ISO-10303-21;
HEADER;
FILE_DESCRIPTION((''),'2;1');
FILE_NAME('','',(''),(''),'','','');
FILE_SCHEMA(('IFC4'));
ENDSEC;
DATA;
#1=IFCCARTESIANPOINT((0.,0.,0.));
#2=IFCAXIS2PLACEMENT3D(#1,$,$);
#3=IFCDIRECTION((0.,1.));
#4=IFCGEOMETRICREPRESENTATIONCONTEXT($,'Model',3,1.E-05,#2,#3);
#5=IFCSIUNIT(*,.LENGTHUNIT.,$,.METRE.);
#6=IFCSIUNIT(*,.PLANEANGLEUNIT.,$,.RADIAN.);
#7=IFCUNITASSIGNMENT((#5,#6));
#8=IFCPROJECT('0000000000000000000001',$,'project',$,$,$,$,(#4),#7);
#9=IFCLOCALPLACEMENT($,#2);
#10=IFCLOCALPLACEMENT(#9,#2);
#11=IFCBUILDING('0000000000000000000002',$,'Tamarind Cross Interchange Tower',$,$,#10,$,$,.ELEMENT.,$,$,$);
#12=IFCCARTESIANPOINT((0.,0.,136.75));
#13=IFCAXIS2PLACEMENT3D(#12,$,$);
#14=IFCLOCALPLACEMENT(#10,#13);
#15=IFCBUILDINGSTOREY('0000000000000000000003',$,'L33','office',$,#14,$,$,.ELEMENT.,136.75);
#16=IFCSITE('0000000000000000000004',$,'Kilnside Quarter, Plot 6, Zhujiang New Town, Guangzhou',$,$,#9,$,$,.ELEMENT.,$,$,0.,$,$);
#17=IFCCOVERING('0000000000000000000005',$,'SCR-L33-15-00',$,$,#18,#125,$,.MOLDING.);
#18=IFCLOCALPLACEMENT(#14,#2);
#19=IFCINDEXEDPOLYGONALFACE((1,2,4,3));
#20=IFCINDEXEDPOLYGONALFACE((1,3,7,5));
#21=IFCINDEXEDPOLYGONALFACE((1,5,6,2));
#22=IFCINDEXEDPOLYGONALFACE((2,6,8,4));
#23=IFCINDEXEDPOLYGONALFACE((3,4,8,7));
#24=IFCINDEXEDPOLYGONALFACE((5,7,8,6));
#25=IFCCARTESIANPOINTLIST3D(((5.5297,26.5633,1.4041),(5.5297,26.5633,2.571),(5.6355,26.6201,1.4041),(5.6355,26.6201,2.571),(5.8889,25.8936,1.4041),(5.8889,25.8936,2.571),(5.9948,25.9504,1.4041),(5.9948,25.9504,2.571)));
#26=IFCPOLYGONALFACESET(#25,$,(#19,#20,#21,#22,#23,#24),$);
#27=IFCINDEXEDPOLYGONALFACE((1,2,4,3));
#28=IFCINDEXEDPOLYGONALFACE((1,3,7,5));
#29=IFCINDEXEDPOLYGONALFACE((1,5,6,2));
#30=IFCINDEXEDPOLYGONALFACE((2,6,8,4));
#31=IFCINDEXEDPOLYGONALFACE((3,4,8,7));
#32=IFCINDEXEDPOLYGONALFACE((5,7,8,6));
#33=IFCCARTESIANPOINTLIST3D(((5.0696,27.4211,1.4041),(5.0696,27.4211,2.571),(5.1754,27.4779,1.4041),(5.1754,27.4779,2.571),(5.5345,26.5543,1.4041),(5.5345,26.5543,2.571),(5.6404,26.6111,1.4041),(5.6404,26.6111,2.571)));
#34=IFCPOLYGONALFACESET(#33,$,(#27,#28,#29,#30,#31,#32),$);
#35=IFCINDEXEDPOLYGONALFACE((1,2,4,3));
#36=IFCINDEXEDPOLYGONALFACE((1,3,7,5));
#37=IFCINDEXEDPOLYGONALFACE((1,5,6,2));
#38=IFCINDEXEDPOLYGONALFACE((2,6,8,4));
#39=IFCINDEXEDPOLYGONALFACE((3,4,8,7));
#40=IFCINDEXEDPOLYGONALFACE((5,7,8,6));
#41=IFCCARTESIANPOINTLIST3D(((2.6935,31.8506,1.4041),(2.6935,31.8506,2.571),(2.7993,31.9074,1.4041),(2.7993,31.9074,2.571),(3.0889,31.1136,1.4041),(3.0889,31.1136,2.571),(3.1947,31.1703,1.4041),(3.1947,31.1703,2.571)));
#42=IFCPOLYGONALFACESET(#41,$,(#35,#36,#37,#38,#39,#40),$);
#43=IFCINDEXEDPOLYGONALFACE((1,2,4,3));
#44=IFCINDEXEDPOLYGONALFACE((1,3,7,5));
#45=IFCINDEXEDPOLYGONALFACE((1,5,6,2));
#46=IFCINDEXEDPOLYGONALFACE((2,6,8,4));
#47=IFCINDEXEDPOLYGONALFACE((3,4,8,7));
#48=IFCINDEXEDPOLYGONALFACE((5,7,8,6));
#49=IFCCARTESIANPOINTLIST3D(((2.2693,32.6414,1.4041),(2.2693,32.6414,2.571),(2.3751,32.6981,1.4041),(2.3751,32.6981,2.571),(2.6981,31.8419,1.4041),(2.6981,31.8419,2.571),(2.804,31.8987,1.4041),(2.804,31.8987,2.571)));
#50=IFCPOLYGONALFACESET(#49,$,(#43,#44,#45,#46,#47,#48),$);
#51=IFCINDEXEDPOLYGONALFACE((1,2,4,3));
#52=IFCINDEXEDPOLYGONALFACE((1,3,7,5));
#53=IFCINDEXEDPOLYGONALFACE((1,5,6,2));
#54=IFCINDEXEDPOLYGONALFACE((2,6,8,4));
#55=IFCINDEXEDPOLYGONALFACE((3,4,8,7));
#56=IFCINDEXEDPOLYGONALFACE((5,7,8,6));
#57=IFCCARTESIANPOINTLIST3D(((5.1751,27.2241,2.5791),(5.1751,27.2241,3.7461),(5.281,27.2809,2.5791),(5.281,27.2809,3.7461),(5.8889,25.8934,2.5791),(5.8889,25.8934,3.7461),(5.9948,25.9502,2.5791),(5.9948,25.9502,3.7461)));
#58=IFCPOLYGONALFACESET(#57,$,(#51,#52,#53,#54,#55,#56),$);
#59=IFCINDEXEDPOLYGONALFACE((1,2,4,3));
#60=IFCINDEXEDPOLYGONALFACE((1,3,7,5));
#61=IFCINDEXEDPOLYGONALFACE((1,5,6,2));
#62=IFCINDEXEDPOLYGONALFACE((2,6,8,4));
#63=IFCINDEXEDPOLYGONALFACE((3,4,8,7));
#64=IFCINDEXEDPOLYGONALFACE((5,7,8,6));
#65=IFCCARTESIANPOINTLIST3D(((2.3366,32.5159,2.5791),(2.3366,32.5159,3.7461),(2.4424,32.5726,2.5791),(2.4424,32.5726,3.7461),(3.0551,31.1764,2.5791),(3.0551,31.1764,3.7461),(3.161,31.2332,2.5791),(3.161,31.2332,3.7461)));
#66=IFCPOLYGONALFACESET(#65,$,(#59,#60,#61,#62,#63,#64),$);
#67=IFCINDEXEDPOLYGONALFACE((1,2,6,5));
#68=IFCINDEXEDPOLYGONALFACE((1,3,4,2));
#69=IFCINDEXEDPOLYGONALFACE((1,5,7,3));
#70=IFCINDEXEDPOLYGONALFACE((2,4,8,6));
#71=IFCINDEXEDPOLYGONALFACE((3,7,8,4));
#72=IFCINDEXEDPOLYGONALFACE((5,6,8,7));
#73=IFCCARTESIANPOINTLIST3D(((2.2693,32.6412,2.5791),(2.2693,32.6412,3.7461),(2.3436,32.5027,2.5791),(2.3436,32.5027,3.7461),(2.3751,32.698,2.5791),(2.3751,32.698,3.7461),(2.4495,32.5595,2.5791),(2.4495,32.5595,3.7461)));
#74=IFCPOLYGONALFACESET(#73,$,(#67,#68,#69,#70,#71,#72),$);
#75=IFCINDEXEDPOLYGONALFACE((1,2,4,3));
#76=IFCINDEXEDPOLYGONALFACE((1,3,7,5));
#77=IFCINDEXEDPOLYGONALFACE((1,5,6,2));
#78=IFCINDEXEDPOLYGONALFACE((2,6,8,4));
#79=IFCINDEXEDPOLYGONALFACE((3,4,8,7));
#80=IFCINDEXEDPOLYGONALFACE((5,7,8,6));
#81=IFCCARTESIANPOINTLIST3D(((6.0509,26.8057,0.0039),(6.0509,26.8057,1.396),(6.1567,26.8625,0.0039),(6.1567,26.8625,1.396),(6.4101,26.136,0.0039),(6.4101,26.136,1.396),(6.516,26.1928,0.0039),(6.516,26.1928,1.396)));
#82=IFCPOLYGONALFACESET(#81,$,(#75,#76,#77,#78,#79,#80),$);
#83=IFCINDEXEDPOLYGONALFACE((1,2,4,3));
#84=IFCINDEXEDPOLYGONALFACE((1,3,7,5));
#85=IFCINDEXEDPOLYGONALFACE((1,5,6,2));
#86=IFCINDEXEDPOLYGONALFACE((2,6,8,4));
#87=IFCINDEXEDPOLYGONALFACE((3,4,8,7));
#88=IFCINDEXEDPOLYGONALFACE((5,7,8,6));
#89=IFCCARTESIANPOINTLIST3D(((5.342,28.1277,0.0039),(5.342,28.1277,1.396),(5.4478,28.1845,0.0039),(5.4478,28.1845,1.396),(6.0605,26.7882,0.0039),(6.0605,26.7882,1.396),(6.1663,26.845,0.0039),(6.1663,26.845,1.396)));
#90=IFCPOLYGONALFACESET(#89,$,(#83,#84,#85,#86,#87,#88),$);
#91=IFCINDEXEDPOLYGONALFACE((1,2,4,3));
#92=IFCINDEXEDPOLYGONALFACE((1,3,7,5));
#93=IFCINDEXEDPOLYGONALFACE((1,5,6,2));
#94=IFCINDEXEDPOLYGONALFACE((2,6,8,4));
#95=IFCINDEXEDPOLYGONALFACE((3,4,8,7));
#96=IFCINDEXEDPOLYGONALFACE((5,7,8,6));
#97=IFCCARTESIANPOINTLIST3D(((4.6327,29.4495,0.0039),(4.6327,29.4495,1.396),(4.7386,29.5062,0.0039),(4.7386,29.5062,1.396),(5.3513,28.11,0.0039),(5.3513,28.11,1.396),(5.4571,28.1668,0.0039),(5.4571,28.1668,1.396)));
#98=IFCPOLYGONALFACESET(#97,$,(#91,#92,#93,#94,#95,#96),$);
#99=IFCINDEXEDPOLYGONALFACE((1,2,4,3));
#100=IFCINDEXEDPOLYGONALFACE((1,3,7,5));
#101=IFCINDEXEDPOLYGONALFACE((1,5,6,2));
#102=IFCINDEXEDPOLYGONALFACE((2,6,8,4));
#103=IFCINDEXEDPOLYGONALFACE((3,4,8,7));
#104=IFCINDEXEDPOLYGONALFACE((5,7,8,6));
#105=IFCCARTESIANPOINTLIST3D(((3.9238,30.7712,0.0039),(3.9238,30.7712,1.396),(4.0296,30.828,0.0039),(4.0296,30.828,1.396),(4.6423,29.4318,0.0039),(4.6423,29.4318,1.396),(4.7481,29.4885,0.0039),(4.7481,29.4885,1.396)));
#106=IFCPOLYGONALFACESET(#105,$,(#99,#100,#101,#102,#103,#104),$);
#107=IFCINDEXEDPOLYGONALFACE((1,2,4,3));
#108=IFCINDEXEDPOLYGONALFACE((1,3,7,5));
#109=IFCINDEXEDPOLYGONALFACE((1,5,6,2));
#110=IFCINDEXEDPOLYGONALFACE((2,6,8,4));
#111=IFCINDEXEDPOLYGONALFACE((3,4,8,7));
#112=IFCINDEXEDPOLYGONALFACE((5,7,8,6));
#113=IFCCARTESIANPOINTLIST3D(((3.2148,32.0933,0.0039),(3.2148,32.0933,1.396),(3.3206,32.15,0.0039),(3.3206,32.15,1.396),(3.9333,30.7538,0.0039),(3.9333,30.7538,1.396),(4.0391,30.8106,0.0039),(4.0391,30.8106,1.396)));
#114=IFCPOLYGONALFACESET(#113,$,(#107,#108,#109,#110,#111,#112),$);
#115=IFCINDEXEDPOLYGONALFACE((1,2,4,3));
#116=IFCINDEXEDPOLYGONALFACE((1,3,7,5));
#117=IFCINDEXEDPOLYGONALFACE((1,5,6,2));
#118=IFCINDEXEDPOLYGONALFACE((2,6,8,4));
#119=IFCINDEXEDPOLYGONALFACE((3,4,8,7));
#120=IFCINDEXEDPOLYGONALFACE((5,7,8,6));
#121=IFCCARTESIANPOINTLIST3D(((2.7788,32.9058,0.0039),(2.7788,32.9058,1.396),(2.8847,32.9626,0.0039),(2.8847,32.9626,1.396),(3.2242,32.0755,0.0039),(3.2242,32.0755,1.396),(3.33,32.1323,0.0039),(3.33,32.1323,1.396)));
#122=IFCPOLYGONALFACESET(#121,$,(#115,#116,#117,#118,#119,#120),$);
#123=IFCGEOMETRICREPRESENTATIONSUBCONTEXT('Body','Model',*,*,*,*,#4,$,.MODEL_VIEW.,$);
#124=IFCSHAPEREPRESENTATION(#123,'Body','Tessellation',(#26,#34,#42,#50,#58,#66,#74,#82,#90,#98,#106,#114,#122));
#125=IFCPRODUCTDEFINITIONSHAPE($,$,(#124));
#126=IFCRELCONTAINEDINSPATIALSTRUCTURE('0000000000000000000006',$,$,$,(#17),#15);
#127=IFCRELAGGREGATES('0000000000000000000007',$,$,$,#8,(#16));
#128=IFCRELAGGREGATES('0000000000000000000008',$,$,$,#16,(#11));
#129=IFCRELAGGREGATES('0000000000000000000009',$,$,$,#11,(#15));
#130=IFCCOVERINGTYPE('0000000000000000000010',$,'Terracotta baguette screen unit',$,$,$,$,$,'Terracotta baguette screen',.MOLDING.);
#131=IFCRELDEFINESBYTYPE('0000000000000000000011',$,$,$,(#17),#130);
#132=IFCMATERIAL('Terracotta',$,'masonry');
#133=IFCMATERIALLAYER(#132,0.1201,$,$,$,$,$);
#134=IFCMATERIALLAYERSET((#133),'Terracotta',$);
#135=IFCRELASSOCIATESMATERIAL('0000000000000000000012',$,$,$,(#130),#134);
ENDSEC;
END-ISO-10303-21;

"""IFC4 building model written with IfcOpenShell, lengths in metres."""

from ifc_helpers import new_model, si_unit, direction, frame, origin, origin_2d, place, context, subcontext, project, spatial, rectangle, extrude, material, layer, layer_set, type_object, element, save


model = new_model("IFC4")

# Units and contexts
model_context = context("Model", 3, precision=1e-05, world=origin(), true_north=direction((0.0, 1.0)))
body_context = subcontext(model_context, "Body", "Model", "MODEL_VIEW")
ifc_project = project(units=[si_unit("LENGTHUNIT", "METRE"), si_unit("PLANEANGLEUNIT", "RADIAN")], contexts=[model_context])

# Site, building, storey
site_placement = place(None, origin())
site = spatial("IfcSite", under=ifc_project, at=site_placement, Name="Kilnside Quarter, Plot 6, Zhujiang New Town, Guangzhou", CompositionType="ELEMENT", RefElevation=0.0)
building_placement = place(site_placement, origin())
building = spatial("IfcBuilding", under=site, at=building_placement, Name="Tamarind Cross Interchange Tower", CompositionType="ELEMENT")
storey_placement = place(building_placement, frame((0.0, 0.0, 136.75)))
storey = spatial("IfcBuildingStorey", under=building, at=storey_placement, Name="L33", Description="office", CompositionType="ELEMENT", Elevation=136.75)

# Covering
ifc_material_1 = material(Name="Terracotta", Category="masonry")
ifc_layer_1 = layer(ifc_material_1, 0.1201)
ifc_layer_set_1 = layer_set([ifc_layer_1], Name="Terracotta")
covering_type = type_object("IfcCoveringType", Name="Terracotta baguette screen unit", ElementType="Terracotta baguette screen", PredefinedType="MOLDING", material=ifc_layer_set_1)
covering_1_placement = place(storey_placement, origin())
element("IfcCovering", 1, at=covering_1_placement, inside=storey, type_object=covering_type, Name="SCR-L33-15-00", PredefinedType="MOLDING", context=body_context, shape_type="SweptSolid", body=[
    extrude(rectangle(XDim=0.76, YDim=0.1201, at=origin_2d()), frame((5.7622, 26.2568, 1.4041), z_axis=(0.0, 0.0, 1.0), x_axis=(-0.472698, 0.881224, 0.0)), (0.0, 0.0, 1.0), 1.167),
    extrude(rectangle(XDim=0.9836, YDim=0.1201, at=origin_2d()), frame((5.355, 27.0161, 1.4041), z_axis=(0.0, 0.0, 1.0), x_axis=(-0.472698, 0.881224, 0.0)), (0.0, 0.0, 1.0), 1.167),
    extrude(rectangle(XDim=0.8364, YDim=0.1201, at=origin_2d()), frame((2.9441, 31.5105, 1.4041), z_axis=(0.0, 0.0, 1.0), x_axis=(-0.472698, 0.881224, 0.0)), (0.0, 0.0, 1.0), 1.167),
    extrude(rectangle(XDim=0.9072, YDim=0.1201, at=origin_2d()), frame((2.5366, 32.27, 1.4041), z_axis=(0.0, 0.0, 1.0), x_axis=(-0.472698, 0.881224, 0.0)), (0.0, 0.0, 1.0), 1.167),
    extrude(rectangle(XDim=1.51, YDim=0.1201, at=origin_2d()), frame((5.585, 26.5872, 2.5791), z_axis=(0.0, 0.0, 1.0), x_axis=(-0.472698, 0.881224, 0.0)), (0.0, 0.0, 1.0), 1.167),
    extrude(rectangle(XDim=1.52, YDim=0.1201, at=origin_2d()), frame((2.7488, 31.8745, 2.5791), z_axis=(0.0, 0.0, 1.0), x_axis=(-0.472698, 0.881224, 0.0)), (0.0, 0.0, 1.0), 1.167),
    extrude(rectangle(XDim=0.1572, YDim=0.1201, at=origin_2d()), frame((2.3594, 32.6003, 2.5791), z_axis=(0.0, 0.0, 1.0), x_axis=(-0.472698, 0.881224, 0.0)), (0.0, 0.0, 1.0), 1.167),
    extrude(rectangle(XDim=0.76, YDim=0.1201, at=origin_2d()), frame((6.2834, 26.4993, 0.0039), z_axis=(0.0, 0.0, 1.0), x_axis=(-0.472698, 0.881224, 0.0)), (0.0, 0.0, 1.0), 1.3921),
    extrude(rectangle(XDim=1.52, YDim=0.1201, at=origin_2d()), frame((5.7542, 27.4863, 0.0039), z_axis=(0.0, 0.0, 1.0), x_axis=(-0.472698, 0.881224, 0.0)), (0.0, 0.0, 1.0), 1.3921),
    extrude(rectangle(XDim=1.52, YDim=0.1201, at=origin_2d()), frame((5.0449, 28.8081, 0.0039), z_axis=(0.0, 0.0, 1.0), x_axis=(-0.472698, 0.881224, 0.0)), (0.0, 0.0, 1.0), 1.3921),
    extrude(rectangle(XDim=1.52, YDim=0.1201, at=origin_2d()), frame((4.3359, 30.1299, 0.0039), z_axis=(0.0, 0.0, 1.0), x_axis=(-0.472698, 0.881224, 0.0)), (0.0, 0.0, 1.0), 1.3921),
    extrude(rectangle(XDim=1.52, YDim=0.1201, at=origin_2d()), frame((3.627, 31.4519, 0.0039), z_axis=(0.0, 0.0, 1.0), x_axis=(-0.472698, 0.881224, 0.0)), (0.0, 0.0, 1.0), 1.3921),
    extrude(rectangle(XDim=0.9421, YDim=0.1201, at=origin_2d()), frame((3.0544, 32.519, 0.0039), z_axis=(0.0, 0.0, 1.0), x_axis=(-0.472698, 0.881224, 0.0)), (0.0, 0.0, 1.0), 1.3921),
])

save(model, "model.ifc")
